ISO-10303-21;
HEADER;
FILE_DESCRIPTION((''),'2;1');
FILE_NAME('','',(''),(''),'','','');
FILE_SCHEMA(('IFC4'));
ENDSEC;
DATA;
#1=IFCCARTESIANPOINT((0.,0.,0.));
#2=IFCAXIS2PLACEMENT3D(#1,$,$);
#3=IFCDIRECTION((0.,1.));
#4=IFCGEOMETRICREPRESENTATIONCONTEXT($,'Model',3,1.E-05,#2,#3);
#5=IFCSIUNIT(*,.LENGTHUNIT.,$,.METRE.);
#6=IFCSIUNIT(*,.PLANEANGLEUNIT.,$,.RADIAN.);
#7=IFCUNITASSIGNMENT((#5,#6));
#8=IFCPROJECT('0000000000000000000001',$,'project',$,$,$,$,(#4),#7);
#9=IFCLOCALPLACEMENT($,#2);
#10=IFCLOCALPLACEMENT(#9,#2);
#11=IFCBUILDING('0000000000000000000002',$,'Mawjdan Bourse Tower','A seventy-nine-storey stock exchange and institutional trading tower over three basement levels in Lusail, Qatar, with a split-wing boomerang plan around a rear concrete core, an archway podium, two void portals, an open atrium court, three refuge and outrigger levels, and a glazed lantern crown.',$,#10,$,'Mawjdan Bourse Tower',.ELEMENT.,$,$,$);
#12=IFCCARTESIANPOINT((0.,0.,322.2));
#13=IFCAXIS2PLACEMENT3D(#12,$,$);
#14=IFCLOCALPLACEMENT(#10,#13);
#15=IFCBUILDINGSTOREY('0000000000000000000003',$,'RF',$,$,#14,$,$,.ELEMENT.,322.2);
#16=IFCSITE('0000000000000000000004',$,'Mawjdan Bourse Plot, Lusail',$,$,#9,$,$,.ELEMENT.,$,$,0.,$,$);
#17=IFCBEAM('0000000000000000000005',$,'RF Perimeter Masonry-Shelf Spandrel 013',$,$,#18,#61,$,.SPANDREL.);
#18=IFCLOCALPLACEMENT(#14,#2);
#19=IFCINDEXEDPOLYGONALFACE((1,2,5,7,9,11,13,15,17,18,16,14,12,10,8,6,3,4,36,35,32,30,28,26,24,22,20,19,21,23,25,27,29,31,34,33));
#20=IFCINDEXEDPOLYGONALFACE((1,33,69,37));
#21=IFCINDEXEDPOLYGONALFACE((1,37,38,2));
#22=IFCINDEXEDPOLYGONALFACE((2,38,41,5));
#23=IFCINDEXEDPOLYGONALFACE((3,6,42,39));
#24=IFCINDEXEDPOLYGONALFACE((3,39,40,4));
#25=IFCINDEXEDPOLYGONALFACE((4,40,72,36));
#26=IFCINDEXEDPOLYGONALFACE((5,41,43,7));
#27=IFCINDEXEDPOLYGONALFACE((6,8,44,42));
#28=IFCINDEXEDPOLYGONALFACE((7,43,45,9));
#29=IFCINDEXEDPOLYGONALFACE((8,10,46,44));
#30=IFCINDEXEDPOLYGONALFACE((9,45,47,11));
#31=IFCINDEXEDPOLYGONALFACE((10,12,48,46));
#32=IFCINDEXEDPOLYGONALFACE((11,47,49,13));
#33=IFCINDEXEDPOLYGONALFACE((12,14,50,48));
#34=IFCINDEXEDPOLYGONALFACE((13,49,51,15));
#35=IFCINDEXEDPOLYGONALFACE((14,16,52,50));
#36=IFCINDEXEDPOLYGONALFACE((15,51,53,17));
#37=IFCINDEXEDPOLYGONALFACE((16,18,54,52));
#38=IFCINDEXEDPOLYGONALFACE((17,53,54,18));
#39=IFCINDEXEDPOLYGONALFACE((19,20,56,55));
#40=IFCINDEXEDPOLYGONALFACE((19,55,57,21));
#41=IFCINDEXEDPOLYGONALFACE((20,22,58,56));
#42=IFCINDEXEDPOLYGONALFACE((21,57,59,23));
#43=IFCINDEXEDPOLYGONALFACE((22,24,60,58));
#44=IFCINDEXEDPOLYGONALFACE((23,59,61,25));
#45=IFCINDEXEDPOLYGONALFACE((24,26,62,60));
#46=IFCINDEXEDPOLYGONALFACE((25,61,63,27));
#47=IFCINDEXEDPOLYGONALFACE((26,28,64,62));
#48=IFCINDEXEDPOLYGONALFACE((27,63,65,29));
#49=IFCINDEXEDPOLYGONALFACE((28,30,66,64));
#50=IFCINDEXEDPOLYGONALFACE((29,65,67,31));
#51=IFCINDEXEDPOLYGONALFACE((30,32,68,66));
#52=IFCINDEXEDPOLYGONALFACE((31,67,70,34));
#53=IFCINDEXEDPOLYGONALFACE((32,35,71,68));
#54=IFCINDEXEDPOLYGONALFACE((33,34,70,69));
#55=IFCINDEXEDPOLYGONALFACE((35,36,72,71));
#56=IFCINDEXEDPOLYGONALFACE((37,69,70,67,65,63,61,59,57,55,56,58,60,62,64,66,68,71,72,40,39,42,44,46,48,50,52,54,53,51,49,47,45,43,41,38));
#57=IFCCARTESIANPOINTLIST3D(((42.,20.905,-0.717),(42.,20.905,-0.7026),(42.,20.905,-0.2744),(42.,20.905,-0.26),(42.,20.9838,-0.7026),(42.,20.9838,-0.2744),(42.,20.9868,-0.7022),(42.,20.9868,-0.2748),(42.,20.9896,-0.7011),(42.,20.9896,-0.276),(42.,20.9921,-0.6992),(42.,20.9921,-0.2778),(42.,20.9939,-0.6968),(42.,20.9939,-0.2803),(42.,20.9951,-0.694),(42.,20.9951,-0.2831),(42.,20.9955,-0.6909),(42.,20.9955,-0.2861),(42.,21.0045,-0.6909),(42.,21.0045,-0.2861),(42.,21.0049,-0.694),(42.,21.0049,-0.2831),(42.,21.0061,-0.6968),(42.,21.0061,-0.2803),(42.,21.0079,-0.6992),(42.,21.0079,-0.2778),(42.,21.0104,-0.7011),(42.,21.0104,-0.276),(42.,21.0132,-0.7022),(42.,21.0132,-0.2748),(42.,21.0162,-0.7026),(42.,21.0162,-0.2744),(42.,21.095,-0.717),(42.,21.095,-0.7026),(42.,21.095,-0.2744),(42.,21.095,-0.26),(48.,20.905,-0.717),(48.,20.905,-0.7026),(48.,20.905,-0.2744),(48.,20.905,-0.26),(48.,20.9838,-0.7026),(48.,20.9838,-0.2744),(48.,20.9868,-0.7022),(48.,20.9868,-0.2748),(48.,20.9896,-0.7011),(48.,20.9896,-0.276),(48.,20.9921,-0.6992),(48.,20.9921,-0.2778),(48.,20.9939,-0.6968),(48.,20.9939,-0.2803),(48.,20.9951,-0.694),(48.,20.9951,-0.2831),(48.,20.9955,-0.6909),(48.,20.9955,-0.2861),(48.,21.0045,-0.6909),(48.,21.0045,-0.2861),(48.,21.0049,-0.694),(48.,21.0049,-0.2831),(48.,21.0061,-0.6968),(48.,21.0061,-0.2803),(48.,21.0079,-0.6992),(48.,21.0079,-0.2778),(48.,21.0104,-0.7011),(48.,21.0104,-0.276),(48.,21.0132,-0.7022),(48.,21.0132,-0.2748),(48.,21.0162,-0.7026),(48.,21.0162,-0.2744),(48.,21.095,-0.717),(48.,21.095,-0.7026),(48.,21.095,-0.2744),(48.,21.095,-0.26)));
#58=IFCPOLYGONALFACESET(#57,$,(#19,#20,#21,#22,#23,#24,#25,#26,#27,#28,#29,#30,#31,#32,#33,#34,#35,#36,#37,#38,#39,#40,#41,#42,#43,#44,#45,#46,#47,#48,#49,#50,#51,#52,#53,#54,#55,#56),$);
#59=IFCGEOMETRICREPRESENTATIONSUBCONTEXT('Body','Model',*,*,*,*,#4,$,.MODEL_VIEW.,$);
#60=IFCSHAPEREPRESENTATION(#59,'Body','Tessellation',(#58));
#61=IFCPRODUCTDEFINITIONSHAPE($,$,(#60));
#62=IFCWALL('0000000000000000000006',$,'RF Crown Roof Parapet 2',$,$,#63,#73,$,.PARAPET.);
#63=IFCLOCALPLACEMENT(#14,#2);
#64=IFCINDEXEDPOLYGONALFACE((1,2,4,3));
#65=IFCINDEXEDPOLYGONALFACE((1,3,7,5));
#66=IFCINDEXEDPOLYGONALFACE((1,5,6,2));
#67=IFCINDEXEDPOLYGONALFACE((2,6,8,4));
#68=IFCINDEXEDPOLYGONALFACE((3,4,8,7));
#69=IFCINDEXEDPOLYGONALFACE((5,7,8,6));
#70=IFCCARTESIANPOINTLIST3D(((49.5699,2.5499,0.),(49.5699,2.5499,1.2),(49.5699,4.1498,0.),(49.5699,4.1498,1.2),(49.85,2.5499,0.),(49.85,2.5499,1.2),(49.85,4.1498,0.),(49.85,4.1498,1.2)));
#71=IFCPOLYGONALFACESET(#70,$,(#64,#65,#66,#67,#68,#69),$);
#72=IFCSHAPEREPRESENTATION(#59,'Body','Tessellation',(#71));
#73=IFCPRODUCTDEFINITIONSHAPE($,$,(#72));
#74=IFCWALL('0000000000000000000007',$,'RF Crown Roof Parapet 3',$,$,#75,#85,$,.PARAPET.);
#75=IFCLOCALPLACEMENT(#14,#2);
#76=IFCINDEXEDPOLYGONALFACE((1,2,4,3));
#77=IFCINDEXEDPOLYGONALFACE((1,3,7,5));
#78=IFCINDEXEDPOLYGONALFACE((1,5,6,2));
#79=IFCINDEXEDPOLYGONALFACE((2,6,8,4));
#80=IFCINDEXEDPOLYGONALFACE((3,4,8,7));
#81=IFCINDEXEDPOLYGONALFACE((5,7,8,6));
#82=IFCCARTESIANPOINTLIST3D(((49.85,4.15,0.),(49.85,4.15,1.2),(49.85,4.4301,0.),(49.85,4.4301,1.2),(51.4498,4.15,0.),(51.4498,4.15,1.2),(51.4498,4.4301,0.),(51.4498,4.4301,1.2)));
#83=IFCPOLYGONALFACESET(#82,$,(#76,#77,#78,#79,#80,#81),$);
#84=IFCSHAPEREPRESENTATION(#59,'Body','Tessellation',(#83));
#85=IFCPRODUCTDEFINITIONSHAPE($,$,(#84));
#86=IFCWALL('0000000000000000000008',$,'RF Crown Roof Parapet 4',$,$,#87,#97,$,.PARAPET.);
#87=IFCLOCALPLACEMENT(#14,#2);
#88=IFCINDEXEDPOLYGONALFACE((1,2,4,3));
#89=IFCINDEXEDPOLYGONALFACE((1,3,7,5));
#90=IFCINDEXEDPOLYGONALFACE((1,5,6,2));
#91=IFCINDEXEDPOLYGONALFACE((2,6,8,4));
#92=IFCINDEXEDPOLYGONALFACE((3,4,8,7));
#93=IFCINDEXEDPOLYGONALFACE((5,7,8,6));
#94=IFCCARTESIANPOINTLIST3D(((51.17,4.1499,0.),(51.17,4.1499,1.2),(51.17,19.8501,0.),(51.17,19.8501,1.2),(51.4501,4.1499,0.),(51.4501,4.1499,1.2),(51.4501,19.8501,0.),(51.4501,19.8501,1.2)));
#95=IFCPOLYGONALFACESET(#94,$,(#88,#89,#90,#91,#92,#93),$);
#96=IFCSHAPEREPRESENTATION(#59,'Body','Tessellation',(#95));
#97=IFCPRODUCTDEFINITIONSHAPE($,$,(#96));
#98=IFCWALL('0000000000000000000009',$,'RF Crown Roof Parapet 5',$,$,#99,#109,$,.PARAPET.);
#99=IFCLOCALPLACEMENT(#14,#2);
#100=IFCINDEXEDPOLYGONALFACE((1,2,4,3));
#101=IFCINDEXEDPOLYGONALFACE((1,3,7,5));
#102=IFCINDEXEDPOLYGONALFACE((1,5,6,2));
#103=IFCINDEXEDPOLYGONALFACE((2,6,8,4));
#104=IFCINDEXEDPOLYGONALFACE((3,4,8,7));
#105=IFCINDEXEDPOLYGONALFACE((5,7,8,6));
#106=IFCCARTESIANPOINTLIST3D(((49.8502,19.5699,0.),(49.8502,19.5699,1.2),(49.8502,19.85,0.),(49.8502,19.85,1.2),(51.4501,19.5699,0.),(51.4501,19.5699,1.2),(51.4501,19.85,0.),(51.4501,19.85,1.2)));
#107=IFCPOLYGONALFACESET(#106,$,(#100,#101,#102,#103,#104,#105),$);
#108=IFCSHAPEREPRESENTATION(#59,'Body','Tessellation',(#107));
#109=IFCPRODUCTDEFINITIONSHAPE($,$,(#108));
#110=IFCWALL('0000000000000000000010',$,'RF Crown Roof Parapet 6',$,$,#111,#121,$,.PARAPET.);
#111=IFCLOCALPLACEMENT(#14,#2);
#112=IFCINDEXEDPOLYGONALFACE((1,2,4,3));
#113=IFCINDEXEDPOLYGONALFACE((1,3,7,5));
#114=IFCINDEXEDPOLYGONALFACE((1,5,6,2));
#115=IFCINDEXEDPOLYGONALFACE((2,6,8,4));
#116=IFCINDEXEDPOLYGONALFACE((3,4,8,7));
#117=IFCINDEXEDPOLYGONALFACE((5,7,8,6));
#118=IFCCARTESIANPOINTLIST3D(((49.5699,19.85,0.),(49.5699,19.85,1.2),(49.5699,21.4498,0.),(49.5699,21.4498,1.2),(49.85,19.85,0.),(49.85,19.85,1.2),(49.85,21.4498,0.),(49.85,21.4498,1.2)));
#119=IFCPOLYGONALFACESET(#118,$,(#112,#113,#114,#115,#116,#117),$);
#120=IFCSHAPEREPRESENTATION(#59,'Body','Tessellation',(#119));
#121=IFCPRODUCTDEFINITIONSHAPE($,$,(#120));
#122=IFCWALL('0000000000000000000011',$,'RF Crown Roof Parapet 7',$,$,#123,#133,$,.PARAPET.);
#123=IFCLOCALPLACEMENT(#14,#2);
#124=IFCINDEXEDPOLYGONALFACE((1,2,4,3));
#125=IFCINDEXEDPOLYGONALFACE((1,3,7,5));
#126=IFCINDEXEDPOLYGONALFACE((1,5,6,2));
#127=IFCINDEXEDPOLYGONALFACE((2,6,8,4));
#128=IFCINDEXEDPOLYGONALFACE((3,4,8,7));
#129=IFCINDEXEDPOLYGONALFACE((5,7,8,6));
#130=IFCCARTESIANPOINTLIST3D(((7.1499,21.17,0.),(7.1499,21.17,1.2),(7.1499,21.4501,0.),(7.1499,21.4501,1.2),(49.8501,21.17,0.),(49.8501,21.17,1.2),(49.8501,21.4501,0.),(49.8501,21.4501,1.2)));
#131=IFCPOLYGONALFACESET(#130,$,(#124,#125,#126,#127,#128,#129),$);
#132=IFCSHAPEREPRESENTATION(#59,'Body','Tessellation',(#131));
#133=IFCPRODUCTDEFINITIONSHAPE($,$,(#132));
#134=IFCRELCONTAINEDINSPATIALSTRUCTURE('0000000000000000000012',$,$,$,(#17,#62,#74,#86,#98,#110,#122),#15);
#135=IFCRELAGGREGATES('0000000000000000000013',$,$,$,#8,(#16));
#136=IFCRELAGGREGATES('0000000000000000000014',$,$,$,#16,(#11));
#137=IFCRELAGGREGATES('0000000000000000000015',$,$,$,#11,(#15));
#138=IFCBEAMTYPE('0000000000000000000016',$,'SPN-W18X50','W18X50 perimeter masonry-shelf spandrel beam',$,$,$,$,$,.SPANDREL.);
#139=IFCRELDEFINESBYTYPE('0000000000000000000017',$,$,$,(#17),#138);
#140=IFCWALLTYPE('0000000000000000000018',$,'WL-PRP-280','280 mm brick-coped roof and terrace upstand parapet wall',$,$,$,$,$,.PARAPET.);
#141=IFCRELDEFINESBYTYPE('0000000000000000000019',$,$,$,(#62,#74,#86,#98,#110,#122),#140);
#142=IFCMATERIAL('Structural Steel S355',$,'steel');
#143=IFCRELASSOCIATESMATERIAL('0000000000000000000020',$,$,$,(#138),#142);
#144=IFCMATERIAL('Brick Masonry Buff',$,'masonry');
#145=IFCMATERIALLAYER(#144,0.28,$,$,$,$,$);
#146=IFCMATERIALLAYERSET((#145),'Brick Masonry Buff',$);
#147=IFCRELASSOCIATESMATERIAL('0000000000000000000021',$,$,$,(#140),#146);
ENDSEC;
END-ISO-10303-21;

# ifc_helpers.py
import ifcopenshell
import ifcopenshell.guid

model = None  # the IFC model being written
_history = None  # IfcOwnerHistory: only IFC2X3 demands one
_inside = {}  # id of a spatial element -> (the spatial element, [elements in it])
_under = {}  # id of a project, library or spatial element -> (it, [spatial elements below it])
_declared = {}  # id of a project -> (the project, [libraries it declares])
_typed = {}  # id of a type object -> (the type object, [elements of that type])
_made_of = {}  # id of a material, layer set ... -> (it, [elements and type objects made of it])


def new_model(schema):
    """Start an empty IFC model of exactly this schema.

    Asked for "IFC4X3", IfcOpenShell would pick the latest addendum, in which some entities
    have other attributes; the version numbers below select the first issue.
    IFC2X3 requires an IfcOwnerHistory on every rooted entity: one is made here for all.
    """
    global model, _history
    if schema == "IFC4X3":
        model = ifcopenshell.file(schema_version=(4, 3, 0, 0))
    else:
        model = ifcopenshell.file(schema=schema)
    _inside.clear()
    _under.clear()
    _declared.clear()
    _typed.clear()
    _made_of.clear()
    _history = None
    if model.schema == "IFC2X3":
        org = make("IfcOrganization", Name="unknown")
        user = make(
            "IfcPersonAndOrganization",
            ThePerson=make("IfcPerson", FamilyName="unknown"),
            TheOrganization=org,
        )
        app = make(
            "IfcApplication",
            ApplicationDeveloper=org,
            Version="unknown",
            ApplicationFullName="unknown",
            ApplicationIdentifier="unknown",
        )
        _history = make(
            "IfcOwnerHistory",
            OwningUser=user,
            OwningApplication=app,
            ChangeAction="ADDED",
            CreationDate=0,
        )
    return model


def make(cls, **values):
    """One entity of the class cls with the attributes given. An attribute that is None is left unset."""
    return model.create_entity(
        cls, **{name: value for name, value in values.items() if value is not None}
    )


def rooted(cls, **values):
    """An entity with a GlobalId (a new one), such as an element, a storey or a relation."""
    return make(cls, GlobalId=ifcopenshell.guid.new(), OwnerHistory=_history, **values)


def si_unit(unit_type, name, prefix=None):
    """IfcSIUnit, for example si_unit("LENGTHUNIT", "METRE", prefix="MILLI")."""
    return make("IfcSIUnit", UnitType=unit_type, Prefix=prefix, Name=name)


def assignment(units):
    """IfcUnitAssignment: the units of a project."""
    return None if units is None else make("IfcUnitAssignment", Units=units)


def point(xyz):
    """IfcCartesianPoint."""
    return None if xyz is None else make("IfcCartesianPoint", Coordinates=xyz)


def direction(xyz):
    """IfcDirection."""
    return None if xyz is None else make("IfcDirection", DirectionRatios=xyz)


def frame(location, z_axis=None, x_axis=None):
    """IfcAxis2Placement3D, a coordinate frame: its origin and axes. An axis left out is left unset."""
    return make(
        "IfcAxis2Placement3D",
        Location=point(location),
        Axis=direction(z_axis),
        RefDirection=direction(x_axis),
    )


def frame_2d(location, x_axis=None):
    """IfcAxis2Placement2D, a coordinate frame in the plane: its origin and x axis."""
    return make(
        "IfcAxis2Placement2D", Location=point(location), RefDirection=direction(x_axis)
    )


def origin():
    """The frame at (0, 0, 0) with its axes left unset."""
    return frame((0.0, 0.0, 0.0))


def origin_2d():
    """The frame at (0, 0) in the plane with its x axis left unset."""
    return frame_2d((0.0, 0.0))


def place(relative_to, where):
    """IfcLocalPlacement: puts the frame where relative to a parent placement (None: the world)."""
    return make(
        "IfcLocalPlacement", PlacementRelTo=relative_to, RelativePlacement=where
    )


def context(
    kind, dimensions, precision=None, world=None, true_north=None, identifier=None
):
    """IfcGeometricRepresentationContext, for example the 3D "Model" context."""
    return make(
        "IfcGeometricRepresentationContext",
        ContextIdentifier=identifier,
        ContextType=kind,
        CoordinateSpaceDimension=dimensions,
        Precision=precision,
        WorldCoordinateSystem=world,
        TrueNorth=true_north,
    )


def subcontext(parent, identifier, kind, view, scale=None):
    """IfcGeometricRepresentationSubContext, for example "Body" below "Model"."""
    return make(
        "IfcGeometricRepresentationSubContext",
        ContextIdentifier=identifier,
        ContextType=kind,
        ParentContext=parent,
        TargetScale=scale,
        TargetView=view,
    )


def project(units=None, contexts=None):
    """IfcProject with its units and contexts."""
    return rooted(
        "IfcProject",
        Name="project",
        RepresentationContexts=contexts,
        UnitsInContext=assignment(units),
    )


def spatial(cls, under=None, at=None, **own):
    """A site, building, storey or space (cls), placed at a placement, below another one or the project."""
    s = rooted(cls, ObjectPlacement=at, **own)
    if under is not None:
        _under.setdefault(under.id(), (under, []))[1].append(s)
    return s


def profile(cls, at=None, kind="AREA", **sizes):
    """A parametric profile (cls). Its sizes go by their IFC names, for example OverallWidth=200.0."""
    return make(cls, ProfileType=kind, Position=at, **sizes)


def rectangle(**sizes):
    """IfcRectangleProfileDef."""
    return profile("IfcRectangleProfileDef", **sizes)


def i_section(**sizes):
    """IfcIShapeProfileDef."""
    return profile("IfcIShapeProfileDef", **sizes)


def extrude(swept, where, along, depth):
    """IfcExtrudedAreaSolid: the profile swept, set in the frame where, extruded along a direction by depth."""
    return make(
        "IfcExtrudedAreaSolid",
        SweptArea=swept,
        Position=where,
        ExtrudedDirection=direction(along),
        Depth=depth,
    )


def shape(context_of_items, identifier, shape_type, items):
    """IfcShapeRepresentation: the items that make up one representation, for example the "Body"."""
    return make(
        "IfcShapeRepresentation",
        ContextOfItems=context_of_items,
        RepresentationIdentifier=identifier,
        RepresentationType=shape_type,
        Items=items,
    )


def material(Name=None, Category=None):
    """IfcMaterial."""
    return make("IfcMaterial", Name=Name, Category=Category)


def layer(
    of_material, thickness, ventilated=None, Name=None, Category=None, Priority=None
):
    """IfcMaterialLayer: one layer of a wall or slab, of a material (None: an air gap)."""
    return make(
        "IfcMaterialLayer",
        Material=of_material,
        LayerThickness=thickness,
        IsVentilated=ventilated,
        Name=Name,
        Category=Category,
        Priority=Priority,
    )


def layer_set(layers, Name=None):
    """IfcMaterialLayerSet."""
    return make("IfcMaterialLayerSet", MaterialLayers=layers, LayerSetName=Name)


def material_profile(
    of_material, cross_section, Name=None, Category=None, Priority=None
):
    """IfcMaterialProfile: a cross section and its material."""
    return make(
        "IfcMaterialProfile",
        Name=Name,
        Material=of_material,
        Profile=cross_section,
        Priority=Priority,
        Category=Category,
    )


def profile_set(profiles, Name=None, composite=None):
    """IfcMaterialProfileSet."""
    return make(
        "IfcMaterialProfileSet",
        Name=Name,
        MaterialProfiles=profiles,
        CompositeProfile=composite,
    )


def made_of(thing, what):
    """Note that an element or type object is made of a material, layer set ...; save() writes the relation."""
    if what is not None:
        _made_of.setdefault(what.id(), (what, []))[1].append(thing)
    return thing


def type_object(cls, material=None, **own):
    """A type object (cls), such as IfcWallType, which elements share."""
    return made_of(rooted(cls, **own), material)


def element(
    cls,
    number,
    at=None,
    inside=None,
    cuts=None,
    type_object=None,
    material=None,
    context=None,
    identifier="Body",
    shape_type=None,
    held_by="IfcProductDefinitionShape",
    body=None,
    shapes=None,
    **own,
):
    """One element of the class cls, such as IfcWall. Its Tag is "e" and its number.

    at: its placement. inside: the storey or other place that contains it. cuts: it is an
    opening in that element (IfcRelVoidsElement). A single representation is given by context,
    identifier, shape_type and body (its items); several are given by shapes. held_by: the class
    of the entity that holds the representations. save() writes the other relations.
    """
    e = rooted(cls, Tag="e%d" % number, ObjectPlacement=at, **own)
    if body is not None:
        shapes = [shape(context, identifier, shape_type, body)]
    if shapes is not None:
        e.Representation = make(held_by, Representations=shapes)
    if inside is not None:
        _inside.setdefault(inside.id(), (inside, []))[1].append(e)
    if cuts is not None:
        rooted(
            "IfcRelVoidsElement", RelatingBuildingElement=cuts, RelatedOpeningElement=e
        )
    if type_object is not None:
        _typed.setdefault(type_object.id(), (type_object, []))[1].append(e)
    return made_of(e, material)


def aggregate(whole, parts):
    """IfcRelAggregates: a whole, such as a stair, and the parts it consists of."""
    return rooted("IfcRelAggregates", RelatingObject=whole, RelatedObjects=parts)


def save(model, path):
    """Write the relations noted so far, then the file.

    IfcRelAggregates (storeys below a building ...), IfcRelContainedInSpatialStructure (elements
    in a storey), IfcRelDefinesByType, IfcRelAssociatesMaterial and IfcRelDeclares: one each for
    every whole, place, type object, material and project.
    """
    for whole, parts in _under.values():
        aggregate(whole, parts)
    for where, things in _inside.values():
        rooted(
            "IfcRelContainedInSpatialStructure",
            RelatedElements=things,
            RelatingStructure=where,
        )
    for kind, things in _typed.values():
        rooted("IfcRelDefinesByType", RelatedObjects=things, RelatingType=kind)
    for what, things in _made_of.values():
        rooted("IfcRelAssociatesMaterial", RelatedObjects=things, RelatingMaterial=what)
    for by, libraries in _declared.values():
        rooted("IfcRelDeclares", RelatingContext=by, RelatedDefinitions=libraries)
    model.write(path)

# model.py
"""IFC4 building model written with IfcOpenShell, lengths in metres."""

from ifc_helpers import new_model, si_unit, direction, frame, frame_2d, origin, origin_2d, place, context, subcontext, project, spatial, rectangle, i_section, extrude, material, layer, layer_set, material_profile, profile_set, type_object, element, save


model = new_model("IFC4")

# Units and contexts
model_context = context("Model", 3, precision=1e-05, world=origin(), true_north=direction((0.0, 1.0)))
body_context = subcontext(model_context, "Body", "Model", "MODEL_VIEW")
ifc_project = project(units=[si_unit("LENGTHUNIT", "METRE"), si_unit("PLANEANGLEUNIT", "RADIAN")], contexts=[model_context])

# Site, building, storey
site_placement = place(None, origin())
site = spatial("IfcSite", under=ifc_project, at=site_placement, Name="Mawjdan Bourse Plot, Lusail", CompositionType="ELEMENT", RefElevation=0.0)
building_placement = place(site_placement, origin())
building = spatial("IfcBuilding", under=site, at=building_placement, Name="Mawjdan Bourse Tower", Description="A seventy-nine-storey stock exchange and institutional trading tower over three basement levels in Lusail, Qatar, with a split-wing boomerang plan around a rear concrete core, an archway podium, two void portals, an open atrium court, three refuge and outrigger levels, and a glazed lantern crown.", LongName="Mawjdan Bourse Tower", CompositionType="ELEMENT")
storey_placement = place(building_placement, frame((0.0, 0.0, 322.2)))
storey = spatial("IfcBuildingStorey", under=building, at=storey_placement, Name="RF", CompositionType="ELEMENT", Elevation=322.2)

# Shared definitions
ifc_material_1 = material(Name="Structural Steel S355", Category="steel")

# Beam
ifc_material_profile_1 = material_profile(ifc_material_1, i_section(OverallWidth=0.1899, OverallDepth=0.457, WebThickness=0.009, FlangeThickness=0.0144, FilletRadius=0.0117, at=origin_2d()), Name="W18X50")
ifc_profile_set_1 = profile_set([ifc_material_profile_1], Name="Structural Steel S355")
beam_type_1 = type_object("IfcBeamType", Name="SPN-W18X50", Description="W18X50 perimeter masonry-shelf spandrel beam", PredefinedType="SPANDREL", material=ifc_profile_set_1)
beam_1_placement = place(storey_placement, frame((42.0, 21.0, -0.4885), z_axis=(1.0, 0.0, 0.0), x_axis=(0.0, 1.0, 0.0)))
element("IfcBeam", 1, at=beam_1_placement, inside=storey, type_object=beam_type_1, Name="RF Perimeter Masonry-Shelf Spandrel 013", PredefinedType="SPANDREL", context=body_context, shape_type="SweptSolid", body=[
    extrude(i_section(OverallWidth=0.1899, OverallDepth=0.457, WebThickness=0.009, FlangeThickness=0.0144, FilletRadius=0.0117, at=origin_2d()), origin(), (0.0, 0.0, 1.0), 6.0),
])

# Walls
ifc_material_2 = material(Name="Brick Masonry Buff", Category="masonry")
ifc_layer = layer(ifc_material_2, 0.28)
ifc_layer_set = layer_set([ifc_layer], Name="Brick Masonry Buff")
wall_type = type_object("IfcWallType", Name="WL-PRP-280", Description="280 mm brick-coped roof and terrace upstand parapet wall", PredefinedType="PARAPET", material=ifc_layer_set)
for number, where, z_axis, x_axis, name in (
    (2, (49.71, 2.55, 0.0), (0.0, 0.0, 1.0), (0.0, 1.0, 0.0), "RF Crown Roof Parapet 2"),
    (3, (49.8501, 4.29, 0.0), (0.0, 0.0, 1.0), (1.0, 0.0, 0.0), "RF Crown Roof Parapet 3"),
):
    element("IfcWall", number, at=place(storey_placement, frame(where, z_axis=z_axis, x_axis=x_axis)), inside=storey, type_object=wall_type, Name=name, PredefinedType="PARAPET", context=body_context, shape_type="SweptSolid", body=[
        extrude(rectangle(XDim=1.5999, YDim=0.28, at=frame_2d((0.7998, 0.0))), origin(), (0.0, 0.0, 1.0), 1.2),
    ])
wall_1_placement = place(storey_placement, frame((51.3101, 4.1499, 0.0), z_axis=(0.0, 0.0, 1.0), x_axis=(0.0, 1.0, 0.0)))
element("IfcWall", 4, at=wall_1_placement, inside=storey, type_object=wall_type, Name="RF Crown Roof Parapet 4", PredefinedType="PARAPET", context=body_context, shape_type="SweptSolid", body=[
    extrude(rectangle(XDim=15.7002, YDim=0.28, at=frame_2d((7.8501, 0.0))), origin(), (0.0, 0.0, 1.0), 1.2),
])
for number, where, z_axis, x_axis, name in (
    (5, (51.45, 19.71, 0.0), (0.0, 0.0, 1.0), (-1.0, 0.0, 0.0), "RF Crown Roof Parapet 5"),
    (6, (49.71, 19.8501, 0.0), (0.0, 0.0, 1.0), (0.0, 1.0, 0.0), "RF Crown Roof Parapet 6"),
):
    element("IfcWall", number, at=place(storey_placement, frame(where, z_axis=z_axis, x_axis=x_axis)), inside=storey, type_object=wall_type, Name=name, PredefinedType="PARAPET", context=body_context, shape_type="SweptSolid", body=[
        extrude(rectangle(XDim=1.5999, YDim=0.28, at=frame_2d((0.7998, 0.0))), origin(), (0.0, 0.0, 1.0), 1.2),
    ])
wall_2_placement = place(storey_placement, frame((49.8501, 21.3101, 0.0), z_axis=(0.0, 0.0, 1.0), x_axis=(-1.0, 0.0, 0.0)))
element("IfcWall", 7, at=wall_2_placement, inside=storey, type_object=wall_type, Name="RF Crown Roof Parapet 7", PredefinedType="PARAPET", context=body_context, shape_type="SweptSolid", body=[
    extrude(rectangle(XDim=42.7002, YDim=0.28, at=frame_2d((21.3501, 0.0))), origin(), (0.0, 0.0, 1.0), 1.2),
])

save(model, "model.ifc")
